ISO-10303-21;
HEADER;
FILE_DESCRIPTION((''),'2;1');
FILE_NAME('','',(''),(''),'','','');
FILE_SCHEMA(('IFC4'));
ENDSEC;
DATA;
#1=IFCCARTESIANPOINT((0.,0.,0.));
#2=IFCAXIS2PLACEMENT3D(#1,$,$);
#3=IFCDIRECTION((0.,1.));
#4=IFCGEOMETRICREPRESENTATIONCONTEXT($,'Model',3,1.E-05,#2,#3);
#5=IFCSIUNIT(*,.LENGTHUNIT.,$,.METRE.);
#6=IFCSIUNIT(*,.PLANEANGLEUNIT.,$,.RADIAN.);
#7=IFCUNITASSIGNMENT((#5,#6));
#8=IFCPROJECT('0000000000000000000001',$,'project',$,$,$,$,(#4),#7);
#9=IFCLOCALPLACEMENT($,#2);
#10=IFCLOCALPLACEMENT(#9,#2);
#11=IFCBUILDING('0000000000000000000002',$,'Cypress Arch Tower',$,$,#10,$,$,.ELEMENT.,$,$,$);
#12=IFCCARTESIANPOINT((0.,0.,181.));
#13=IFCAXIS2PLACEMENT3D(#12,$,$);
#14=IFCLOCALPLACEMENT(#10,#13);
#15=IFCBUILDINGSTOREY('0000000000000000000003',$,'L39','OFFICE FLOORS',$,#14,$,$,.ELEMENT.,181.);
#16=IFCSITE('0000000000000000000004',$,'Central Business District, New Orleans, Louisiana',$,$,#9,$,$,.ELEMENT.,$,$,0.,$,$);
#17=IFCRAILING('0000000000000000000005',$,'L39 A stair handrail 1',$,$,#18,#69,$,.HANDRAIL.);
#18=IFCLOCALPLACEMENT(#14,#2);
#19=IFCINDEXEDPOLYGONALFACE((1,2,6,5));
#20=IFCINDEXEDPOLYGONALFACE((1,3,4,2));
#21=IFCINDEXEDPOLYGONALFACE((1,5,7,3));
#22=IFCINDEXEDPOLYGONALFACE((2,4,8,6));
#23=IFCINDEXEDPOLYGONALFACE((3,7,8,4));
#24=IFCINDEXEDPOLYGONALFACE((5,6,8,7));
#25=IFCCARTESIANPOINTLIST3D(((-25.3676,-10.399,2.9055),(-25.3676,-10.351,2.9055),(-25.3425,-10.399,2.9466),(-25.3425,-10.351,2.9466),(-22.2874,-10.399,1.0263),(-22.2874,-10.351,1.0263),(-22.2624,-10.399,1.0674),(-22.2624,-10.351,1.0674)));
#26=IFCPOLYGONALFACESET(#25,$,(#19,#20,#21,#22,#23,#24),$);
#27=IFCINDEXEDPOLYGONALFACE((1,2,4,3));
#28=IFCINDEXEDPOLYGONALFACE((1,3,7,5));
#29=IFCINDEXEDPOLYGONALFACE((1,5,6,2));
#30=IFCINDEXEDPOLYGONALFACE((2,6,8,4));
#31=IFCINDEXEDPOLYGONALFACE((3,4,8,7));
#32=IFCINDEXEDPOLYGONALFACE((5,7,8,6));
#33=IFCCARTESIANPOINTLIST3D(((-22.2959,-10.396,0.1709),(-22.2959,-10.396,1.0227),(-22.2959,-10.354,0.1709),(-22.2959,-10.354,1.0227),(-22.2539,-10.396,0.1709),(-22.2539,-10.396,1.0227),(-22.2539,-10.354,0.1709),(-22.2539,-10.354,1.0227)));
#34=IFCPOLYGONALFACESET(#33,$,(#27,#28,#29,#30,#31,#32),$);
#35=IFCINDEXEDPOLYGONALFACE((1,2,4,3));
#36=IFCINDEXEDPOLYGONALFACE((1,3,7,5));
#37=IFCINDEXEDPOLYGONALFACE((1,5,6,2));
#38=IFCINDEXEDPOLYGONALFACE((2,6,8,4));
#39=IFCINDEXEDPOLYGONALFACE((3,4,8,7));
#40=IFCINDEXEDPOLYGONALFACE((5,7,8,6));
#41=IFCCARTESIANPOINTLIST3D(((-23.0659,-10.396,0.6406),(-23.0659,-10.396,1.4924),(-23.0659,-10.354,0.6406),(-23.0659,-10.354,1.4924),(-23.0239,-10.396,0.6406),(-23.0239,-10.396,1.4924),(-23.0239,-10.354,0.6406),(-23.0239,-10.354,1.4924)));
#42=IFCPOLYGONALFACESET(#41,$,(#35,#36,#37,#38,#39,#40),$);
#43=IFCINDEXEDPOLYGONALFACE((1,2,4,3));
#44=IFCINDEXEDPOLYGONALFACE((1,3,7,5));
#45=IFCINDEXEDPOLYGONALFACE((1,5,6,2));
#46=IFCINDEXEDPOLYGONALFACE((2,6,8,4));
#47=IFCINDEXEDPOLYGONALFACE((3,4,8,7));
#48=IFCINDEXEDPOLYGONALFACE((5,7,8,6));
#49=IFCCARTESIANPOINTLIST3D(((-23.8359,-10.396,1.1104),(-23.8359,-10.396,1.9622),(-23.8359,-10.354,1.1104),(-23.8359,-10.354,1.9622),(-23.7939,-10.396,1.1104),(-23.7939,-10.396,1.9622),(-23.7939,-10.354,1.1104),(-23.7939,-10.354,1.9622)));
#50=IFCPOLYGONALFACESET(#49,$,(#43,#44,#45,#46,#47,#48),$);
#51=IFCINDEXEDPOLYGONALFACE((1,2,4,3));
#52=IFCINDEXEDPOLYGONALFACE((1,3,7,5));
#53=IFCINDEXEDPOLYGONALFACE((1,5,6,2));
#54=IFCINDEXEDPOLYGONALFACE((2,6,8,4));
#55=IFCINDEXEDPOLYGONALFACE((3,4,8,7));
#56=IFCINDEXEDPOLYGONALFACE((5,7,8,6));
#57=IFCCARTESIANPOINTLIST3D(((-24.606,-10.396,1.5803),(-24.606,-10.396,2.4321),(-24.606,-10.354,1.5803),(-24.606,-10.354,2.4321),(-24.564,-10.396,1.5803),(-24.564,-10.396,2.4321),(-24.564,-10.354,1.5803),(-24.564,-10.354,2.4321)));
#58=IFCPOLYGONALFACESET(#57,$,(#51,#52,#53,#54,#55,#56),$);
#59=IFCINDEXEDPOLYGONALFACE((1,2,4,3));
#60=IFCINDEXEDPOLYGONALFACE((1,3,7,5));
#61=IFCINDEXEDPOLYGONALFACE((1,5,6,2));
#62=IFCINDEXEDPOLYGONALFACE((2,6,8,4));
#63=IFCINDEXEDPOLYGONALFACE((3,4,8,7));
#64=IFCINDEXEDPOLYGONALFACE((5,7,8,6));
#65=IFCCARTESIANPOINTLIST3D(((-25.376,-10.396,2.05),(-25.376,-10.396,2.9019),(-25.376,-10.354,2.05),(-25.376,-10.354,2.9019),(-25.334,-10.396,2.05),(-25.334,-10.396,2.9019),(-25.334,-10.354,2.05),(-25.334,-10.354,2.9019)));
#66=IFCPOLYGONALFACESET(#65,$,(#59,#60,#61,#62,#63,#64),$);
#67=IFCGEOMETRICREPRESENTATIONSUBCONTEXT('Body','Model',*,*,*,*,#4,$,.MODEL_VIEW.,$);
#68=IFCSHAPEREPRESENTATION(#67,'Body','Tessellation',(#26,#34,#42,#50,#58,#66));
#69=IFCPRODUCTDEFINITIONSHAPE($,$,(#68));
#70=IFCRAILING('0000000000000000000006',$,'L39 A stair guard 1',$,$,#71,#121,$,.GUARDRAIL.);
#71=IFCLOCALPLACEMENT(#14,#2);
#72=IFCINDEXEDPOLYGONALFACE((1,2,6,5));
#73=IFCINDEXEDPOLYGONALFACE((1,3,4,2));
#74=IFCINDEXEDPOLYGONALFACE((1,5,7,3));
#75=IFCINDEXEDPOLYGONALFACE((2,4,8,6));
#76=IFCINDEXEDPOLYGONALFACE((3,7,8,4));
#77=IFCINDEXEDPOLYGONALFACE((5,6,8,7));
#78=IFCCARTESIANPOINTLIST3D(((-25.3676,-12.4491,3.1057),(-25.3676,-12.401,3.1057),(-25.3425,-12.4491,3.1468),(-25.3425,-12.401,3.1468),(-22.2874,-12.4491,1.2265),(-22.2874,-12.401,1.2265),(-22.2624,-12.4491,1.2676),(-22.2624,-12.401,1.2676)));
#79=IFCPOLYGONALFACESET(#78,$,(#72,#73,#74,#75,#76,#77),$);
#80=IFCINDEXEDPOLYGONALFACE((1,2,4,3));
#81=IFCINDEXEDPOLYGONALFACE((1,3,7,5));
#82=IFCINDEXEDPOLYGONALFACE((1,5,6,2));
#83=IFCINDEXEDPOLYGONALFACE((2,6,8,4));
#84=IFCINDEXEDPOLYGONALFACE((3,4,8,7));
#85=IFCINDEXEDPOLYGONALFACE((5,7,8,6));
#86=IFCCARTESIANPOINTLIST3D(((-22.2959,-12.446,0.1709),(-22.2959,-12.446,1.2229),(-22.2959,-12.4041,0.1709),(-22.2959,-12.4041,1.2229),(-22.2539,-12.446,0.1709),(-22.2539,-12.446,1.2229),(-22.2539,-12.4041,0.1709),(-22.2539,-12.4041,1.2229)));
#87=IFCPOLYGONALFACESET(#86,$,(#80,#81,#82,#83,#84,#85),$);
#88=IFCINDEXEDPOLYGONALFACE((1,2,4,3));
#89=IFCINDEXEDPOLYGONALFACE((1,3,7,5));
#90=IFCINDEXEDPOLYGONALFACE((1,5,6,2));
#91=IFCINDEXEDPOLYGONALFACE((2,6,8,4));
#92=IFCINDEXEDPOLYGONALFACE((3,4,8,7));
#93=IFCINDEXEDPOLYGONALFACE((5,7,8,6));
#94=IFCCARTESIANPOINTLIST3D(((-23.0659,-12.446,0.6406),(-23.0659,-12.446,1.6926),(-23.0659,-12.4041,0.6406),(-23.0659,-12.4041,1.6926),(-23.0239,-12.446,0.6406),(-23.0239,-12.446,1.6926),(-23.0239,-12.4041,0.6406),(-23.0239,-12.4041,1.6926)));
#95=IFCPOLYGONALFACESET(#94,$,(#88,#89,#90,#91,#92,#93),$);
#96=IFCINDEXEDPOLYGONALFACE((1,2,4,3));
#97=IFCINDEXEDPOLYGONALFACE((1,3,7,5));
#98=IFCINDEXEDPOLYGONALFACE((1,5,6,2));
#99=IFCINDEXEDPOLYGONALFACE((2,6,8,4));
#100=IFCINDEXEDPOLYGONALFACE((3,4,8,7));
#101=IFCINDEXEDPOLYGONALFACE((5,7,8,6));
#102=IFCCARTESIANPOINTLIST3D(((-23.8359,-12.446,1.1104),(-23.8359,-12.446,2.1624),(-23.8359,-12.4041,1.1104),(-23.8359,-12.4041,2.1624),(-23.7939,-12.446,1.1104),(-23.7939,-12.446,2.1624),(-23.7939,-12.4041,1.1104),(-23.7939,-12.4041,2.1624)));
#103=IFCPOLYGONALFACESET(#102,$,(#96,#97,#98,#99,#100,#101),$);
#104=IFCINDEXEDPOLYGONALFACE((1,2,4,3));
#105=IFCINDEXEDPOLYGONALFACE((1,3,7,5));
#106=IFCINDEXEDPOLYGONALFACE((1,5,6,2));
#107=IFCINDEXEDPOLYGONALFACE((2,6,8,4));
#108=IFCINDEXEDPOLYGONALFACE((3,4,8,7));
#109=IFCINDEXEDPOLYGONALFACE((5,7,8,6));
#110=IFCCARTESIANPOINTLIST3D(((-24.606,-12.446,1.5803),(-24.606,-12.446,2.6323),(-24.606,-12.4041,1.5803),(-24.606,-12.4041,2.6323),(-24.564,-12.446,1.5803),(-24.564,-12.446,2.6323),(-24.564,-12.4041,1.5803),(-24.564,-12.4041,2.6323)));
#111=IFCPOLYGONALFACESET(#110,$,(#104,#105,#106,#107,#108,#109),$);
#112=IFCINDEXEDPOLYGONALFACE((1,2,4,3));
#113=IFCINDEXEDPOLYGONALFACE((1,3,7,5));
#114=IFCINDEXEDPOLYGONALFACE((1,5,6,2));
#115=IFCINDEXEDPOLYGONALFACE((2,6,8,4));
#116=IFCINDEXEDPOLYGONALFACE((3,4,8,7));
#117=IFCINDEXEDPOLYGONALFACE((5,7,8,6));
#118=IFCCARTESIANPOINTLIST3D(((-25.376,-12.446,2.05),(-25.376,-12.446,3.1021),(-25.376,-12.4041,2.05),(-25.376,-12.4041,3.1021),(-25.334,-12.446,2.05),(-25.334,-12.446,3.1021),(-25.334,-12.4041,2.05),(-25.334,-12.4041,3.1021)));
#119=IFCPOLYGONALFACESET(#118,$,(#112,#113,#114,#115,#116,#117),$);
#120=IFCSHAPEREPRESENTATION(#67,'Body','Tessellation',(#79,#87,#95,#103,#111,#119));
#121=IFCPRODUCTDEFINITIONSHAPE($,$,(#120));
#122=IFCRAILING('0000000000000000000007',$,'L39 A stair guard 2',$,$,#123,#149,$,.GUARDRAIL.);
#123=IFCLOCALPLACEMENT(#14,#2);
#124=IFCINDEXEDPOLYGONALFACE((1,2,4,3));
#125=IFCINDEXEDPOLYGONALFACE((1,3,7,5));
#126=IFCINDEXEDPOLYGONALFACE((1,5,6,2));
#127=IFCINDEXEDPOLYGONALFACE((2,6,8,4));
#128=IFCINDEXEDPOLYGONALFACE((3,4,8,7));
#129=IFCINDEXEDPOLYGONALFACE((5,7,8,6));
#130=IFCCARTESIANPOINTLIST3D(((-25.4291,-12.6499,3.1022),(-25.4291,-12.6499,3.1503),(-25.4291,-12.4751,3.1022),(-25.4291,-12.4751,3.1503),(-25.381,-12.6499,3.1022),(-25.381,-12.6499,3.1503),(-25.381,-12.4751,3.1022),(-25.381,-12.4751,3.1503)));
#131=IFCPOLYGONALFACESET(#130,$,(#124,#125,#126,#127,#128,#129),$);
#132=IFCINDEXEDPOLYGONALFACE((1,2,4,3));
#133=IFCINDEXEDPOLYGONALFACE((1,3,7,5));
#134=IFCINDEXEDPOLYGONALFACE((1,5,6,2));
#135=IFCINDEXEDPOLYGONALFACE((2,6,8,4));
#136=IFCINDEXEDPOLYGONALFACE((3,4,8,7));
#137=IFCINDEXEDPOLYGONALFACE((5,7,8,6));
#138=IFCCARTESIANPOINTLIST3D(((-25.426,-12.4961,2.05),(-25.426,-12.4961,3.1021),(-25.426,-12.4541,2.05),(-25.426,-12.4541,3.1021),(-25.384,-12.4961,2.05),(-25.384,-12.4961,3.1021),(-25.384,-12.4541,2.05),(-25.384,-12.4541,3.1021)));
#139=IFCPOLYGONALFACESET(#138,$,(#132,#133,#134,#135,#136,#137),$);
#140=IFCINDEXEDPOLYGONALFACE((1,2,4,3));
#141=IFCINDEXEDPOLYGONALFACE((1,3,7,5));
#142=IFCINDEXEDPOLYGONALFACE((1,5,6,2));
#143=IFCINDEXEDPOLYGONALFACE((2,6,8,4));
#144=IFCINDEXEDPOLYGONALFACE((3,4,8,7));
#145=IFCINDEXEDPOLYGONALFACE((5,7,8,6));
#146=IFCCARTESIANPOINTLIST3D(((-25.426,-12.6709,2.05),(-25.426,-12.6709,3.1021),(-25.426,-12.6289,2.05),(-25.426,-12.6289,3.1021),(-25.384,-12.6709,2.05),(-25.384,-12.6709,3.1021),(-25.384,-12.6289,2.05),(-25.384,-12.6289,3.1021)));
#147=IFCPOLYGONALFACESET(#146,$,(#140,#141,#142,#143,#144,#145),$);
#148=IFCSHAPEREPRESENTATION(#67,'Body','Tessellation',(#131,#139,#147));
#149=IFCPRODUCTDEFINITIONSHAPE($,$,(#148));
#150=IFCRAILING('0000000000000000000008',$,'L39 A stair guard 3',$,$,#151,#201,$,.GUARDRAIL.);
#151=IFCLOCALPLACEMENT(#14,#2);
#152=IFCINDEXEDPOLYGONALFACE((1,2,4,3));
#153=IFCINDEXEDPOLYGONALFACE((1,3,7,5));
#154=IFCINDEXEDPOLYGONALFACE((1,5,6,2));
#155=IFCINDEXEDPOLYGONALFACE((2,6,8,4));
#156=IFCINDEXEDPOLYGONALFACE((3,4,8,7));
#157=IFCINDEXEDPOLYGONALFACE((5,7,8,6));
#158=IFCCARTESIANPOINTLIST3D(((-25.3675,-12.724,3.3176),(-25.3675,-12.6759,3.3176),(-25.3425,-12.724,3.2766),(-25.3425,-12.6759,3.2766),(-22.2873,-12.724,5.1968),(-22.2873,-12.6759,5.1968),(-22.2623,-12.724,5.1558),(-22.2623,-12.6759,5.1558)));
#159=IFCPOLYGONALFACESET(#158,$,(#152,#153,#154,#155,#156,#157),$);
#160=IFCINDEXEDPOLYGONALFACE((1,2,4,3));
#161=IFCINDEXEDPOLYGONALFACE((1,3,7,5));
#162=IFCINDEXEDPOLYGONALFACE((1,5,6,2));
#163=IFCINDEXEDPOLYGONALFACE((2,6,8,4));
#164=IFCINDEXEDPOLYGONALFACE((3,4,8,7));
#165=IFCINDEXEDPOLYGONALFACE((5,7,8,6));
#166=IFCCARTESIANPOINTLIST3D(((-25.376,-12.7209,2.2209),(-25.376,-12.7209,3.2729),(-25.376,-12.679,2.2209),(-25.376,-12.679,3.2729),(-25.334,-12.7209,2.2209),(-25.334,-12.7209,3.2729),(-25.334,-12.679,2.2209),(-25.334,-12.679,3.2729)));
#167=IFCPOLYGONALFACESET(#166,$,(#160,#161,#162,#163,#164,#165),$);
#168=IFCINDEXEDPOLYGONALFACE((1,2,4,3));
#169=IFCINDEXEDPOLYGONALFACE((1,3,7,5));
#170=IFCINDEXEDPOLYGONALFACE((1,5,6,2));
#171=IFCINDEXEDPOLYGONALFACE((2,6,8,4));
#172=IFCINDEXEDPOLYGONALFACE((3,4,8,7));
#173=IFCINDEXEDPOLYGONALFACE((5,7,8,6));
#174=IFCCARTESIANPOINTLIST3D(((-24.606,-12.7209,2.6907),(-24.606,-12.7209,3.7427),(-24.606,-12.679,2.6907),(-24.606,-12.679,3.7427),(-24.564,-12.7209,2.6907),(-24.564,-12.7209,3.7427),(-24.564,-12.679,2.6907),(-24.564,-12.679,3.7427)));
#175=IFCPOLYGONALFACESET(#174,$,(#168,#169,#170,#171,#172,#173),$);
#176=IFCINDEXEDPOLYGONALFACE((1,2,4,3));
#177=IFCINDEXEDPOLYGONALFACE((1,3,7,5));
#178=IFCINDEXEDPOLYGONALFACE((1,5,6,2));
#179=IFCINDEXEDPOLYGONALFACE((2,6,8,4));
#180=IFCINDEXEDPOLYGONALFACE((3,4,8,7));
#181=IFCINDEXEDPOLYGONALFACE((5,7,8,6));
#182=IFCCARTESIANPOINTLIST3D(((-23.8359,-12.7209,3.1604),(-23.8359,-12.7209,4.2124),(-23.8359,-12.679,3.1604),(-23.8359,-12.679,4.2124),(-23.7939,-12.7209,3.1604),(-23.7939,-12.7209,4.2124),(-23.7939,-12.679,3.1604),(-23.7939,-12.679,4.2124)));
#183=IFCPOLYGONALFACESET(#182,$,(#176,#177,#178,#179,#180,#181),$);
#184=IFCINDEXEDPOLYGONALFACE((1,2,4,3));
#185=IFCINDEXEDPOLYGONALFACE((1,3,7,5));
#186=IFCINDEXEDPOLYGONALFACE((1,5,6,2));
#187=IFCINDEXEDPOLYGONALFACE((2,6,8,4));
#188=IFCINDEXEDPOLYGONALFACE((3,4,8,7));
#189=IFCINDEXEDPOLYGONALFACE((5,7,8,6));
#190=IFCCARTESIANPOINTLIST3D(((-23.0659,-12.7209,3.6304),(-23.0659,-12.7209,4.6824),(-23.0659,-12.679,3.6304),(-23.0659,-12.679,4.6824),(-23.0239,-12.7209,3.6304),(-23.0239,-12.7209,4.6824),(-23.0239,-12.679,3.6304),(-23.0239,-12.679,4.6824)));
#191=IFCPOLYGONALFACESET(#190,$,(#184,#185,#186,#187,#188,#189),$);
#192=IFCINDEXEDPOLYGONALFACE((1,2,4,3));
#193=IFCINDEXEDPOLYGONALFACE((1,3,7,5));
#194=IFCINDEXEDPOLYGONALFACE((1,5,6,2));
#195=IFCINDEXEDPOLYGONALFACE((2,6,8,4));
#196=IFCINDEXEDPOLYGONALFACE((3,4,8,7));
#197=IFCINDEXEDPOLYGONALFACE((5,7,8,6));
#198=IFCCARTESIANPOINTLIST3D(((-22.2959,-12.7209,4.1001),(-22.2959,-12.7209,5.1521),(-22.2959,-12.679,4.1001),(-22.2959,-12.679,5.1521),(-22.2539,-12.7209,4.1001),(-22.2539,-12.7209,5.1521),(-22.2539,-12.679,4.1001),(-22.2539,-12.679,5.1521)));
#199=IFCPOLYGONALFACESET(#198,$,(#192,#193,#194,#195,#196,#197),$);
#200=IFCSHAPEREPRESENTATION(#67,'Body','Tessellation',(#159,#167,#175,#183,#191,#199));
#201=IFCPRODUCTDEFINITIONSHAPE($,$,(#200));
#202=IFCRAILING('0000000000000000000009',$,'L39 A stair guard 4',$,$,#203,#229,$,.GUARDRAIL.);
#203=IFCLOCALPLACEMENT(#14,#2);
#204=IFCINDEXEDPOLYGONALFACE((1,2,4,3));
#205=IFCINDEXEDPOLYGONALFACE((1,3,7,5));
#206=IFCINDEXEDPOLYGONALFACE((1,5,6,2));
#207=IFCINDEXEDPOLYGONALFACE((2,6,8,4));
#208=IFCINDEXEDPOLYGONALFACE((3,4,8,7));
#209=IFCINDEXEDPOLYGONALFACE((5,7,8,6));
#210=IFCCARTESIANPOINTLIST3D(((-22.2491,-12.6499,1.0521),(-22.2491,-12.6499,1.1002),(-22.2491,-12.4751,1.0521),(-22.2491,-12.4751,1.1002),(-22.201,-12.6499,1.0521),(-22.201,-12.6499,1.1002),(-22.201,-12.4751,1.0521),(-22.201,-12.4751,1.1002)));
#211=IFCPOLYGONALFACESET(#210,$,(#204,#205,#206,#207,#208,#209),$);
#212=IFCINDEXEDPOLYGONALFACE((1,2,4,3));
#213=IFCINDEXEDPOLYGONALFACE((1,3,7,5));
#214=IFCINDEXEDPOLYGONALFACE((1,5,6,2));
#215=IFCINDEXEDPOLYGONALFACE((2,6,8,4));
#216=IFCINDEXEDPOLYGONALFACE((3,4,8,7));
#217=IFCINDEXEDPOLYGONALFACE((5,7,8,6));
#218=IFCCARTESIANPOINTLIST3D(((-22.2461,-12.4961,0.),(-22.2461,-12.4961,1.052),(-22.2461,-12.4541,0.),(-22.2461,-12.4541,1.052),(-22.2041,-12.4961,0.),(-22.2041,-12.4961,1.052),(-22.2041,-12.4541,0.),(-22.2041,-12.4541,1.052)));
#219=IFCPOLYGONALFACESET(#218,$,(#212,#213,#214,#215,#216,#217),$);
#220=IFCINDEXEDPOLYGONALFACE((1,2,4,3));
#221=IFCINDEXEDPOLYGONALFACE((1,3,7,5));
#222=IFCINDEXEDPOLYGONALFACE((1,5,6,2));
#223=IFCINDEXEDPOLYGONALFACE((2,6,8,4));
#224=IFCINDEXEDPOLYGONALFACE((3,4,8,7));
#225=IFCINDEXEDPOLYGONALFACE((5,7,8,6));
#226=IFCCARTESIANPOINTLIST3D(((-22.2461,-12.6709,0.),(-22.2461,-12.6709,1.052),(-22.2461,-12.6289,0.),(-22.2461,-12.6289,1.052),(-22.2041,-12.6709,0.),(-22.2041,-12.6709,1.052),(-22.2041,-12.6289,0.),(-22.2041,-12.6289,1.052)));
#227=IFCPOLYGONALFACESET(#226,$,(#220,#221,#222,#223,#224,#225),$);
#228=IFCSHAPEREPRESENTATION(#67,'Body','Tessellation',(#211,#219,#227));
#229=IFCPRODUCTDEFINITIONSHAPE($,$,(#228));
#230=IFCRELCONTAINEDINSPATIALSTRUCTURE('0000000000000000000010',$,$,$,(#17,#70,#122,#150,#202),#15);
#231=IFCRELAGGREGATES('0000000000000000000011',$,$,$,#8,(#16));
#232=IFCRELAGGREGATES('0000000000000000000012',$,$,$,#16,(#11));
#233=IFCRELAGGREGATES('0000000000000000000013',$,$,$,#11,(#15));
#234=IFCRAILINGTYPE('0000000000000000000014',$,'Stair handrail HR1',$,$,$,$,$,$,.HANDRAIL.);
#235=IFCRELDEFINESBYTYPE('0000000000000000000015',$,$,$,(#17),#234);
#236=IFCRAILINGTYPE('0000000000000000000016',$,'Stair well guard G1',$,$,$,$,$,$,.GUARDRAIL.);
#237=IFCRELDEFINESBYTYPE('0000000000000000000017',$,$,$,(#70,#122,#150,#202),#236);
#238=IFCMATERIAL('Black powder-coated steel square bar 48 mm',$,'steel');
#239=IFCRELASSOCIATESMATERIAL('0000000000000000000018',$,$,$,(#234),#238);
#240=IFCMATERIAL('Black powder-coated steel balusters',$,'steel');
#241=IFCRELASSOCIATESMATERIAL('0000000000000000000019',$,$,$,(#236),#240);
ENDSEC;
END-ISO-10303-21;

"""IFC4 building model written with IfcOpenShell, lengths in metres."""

from ifc_helpers import new_model, si_unit, direction, frame, origin, origin_2d, place, context, subcontext, project, spatial, rectangle, extrude, material, type_object, element, save


model = new_model("IFC4")

# Units and contexts
model_context = context("Model", 3, precision=1e-05, world=origin(), true_north=direction((0.0, 1.0)))
body_context = subcontext(model_context, "Body", "Model", "MODEL_VIEW")
ifc_project = project(units=[si_unit("LENGTHUNIT", "METRE"), si_unit("PLANEANGLEUNIT", "RADIAN")], contexts=[model_context])

# Site, building, storey
site_placement = place(None, origin())
site = spatial("IfcSite", under=ifc_project, at=site_placement, Name="Central Business District, New Orleans, Louisiana", CompositionType="ELEMENT", RefElevation=0.0)
building_placement = place(site_placement, origin())
building = spatial("IfcBuilding", under=site, at=building_placement, Name="Cypress Arch Tower", CompositionType="ELEMENT")
storey_placement = place(building_placement, frame((0.0, 0.0, 181.0)))
storey = spatial("IfcBuildingStorey", under=building, at=storey_placement, Name="L39", Description="OFFICE FLOORS", CompositionType="ELEMENT", Elevation=181.0)

# Railings
ifc_material_1 = material(Name="Black powder-coated steel square bar 48 mm", Category="steel")
railing_type_1 = type_object("IfcRailingType", Name="Stair handrail HR1", PredefinedType="HANDRAIL", material=ifc_material_1)
railing_1_placement = place(storey_placement, frame((-22.2749, -10.375, 0.1709)))
element("IfcRailing", 1, at=railing_1_placement, inside=storey, type_object=railing_type_1, Name="L39 A stair handrail 1", PredefinedType="HANDRAIL", context=body_context, shape_type="SweptSolid", body=[
    extrude(rectangle(XDim=0.0481, YDim=0.0481, at=origin_2d()), frame((0.0, 0.0, 0.876), z_axis=(-0.853666, 0.0, 0.52082), x_axis=(0.0, -1.0, 0.0)), (0.0, 0.0, 1.0), 3.6082),
    extrude(rectangle(XDim=0.042, YDim=0.042, at=origin_2d()), origin(), (0.0, 0.0, 1.0), 0.8518),
    extrude(rectangle(XDim=0.042, YDim=0.042, at=origin_2d()), frame((-0.77, 0.0, 0.4697)), (0.0, 0.0, 1.0), 0.8518),
    extrude(rectangle(XDim=0.042, YDim=0.042, at=origin_2d()), frame((-1.54, 0.0, 0.9395)), (0.0, 0.0, 1.0), 0.8518),
    extrude(rectangle(XDim=0.042, YDim=0.042, at=origin_2d()), frame((-2.3101, 0.0, 1.4094)), (0.0, 0.0, 1.0), 0.8518),
    extrude(rectangle(XDim=0.042, YDim=0.042, at=origin_2d()), frame((-3.0801, 0.0, 1.8792)), (0.0, 0.0, 1.0), 0.8518),
])
ifc_material_2 = material(Name="Black powder-coated steel balusters", Category="steel")
railing_type_2 = type_object("IfcRailingType", Name="Stair well guard G1", PredefinedType="GUARDRAIL", material=ifc_material_2)
railing_2_placement = place(storey_placement, frame((-22.2749, -12.425, 0.1709)))
element("IfcRailing", 2, at=railing_2_placement, inside=storey, type_object=railing_type_2, Name="L39 A stair guard 1", PredefinedType="GUARDRAIL", context=body_context, shape_type="SweptSolid", body=[
    extrude(rectangle(XDim=0.0481, YDim=0.0481, at=origin_2d()), frame((0.0, 0.0, 1.0762), z_axis=(-0.853666, 0.0, 0.52082), x_axis=(0.0, -1.0, 0.0)), (0.0, 0.0, 1.0), 3.6082),
    extrude(rectangle(XDim=0.042, YDim=0.042, at=origin_2d()), origin(), (0.0, 0.0, 1.0), 1.052),
    extrude(rectangle(XDim=0.042, YDim=0.042, at=origin_2d()), frame((-0.77, 0.0, 0.4697)), (0.0, 0.0, 1.0), 1.052),
    extrude(rectangle(XDim=0.042, YDim=0.042, at=origin_2d()), frame((-1.54, 0.0, 0.9395)), (0.0, 0.0, 1.0), 1.052),
    extrude(rectangle(XDim=0.042, YDim=0.042, at=origin_2d()), frame((-2.3101, 0.0, 1.4094)), (0.0, 0.0, 1.0), 1.052),
    extrude(rectangle(XDim=0.042, YDim=0.042, at=origin_2d()), frame((-3.0801, 0.0, 1.8792)), (0.0, 0.0, 1.0), 1.052),
])
railing_3_placement = place(storey_placement, frame((-25.405, -12.4751, 2.05)))
element("IfcRailing", 3, at=railing_3_placement, inside=storey, type_object=railing_type_2, Name="L39 A stair guard 2", PredefinedType="GUARDRAIL", context=body_context, shape_type="SweptSolid", body=[
    extrude(rectangle(XDim=0.0481, YDim=0.0481, at=origin_2d()), frame((0.0, 0.0, 1.0762), z_axis=(0.0, -1.0, 0.0), x_axis=(1.0, 0.0, 0.0)), (0.0, 0.0, 1.0), 0.1748),
    extrude(rectangle(XDim=0.042, YDim=0.042, at=origin_2d()), origin(), (0.0, 0.0, 1.0), 1.052),
    extrude(rectangle(XDim=0.042, YDim=0.042, at=origin_2d()), frame((0.0, -0.1748, 0.0)), (0.0, 0.0, 1.0), 1.052),
])
railing_4_placement = place(storey_placement, frame((-25.355, -12.7, 2.2209)))
element("IfcRailing", 4, at=railing_4_placement, inside=storey, type_object=railing_type_2, Name="L39 A stair guard 3", PredefinedType="GUARDRAIL", context=body_context, shape_type="SweptSolid", body=[
    extrude(rectangle(XDim=0.0481, YDim=0.0481, at=origin_2d()), frame((0.0, 0.0, 1.0762), z_axis=(0.853666, 0.0, 0.52082), x_axis=(0.0, 1.0, 0.0)), (0.0, 0.0, 1.0), 3.6082),
    extrude(rectangle(XDim=0.042, YDim=0.042, at=origin_2d()), origin(), (0.0, 0.0, 1.0), 1.052),
    extrude(rectangle(XDim=0.042, YDim=0.042, at=origin_2d()), frame((0.77, 0.0, 0.4697)), (0.0, 0.0, 1.0), 1.052),
    extrude(rectangle(XDim=0.042, YDim=0.042, at=origin_2d()), frame((1.54, 0.0, 0.9395)), (0.0, 0.0, 1.0), 1.052),
    extrude(rectangle(XDim=0.042, YDim=0.042, at=origin_2d()), frame((2.3101, 0.0, 1.4094)), (0.0, 0.0, 1.0), 1.052),
    extrude(rectangle(XDim=0.042, YDim=0.042, at=origin_2d()), frame((3.0801, 0.0, 1.8792)), (0.0, 0.0, 1.0), 1.052),
])
railing_5_placement = place(storey_placement, frame((-22.2251, -12.4751, 0.0)))
element("IfcRailing", 5, at=railing_5_placement, inside=storey, type_object=railing_type_2, Name="L39 A stair guard 4", PredefinedType="GUARDRAIL", context=body_context, shape_type="SweptSolid", body=[
    extrude(rectangle(XDim=0.0481, YDim=0.0481, at=origin_2d()), frame((0.0, 0.0, 1.0762), z_axis=(0.0, -1.0, 0.0), x_axis=(1.0, 0.0, 0.0)), (0.0, 0.0, 1.0), 0.1748),
    extrude(rectangle(XDim=0.042, YDim=0.042, at=origin_2d()), origin(), (0.0, 0.0, 1.0), 1.052),
    extrude(rectangle(XDim=0.042, YDim=0.042, at=origin_2d()), frame((0.0, -0.1748, 0.0)), (0.0, 0.0, 1.0), 1.052),
])

save(model, "model.ifc")
